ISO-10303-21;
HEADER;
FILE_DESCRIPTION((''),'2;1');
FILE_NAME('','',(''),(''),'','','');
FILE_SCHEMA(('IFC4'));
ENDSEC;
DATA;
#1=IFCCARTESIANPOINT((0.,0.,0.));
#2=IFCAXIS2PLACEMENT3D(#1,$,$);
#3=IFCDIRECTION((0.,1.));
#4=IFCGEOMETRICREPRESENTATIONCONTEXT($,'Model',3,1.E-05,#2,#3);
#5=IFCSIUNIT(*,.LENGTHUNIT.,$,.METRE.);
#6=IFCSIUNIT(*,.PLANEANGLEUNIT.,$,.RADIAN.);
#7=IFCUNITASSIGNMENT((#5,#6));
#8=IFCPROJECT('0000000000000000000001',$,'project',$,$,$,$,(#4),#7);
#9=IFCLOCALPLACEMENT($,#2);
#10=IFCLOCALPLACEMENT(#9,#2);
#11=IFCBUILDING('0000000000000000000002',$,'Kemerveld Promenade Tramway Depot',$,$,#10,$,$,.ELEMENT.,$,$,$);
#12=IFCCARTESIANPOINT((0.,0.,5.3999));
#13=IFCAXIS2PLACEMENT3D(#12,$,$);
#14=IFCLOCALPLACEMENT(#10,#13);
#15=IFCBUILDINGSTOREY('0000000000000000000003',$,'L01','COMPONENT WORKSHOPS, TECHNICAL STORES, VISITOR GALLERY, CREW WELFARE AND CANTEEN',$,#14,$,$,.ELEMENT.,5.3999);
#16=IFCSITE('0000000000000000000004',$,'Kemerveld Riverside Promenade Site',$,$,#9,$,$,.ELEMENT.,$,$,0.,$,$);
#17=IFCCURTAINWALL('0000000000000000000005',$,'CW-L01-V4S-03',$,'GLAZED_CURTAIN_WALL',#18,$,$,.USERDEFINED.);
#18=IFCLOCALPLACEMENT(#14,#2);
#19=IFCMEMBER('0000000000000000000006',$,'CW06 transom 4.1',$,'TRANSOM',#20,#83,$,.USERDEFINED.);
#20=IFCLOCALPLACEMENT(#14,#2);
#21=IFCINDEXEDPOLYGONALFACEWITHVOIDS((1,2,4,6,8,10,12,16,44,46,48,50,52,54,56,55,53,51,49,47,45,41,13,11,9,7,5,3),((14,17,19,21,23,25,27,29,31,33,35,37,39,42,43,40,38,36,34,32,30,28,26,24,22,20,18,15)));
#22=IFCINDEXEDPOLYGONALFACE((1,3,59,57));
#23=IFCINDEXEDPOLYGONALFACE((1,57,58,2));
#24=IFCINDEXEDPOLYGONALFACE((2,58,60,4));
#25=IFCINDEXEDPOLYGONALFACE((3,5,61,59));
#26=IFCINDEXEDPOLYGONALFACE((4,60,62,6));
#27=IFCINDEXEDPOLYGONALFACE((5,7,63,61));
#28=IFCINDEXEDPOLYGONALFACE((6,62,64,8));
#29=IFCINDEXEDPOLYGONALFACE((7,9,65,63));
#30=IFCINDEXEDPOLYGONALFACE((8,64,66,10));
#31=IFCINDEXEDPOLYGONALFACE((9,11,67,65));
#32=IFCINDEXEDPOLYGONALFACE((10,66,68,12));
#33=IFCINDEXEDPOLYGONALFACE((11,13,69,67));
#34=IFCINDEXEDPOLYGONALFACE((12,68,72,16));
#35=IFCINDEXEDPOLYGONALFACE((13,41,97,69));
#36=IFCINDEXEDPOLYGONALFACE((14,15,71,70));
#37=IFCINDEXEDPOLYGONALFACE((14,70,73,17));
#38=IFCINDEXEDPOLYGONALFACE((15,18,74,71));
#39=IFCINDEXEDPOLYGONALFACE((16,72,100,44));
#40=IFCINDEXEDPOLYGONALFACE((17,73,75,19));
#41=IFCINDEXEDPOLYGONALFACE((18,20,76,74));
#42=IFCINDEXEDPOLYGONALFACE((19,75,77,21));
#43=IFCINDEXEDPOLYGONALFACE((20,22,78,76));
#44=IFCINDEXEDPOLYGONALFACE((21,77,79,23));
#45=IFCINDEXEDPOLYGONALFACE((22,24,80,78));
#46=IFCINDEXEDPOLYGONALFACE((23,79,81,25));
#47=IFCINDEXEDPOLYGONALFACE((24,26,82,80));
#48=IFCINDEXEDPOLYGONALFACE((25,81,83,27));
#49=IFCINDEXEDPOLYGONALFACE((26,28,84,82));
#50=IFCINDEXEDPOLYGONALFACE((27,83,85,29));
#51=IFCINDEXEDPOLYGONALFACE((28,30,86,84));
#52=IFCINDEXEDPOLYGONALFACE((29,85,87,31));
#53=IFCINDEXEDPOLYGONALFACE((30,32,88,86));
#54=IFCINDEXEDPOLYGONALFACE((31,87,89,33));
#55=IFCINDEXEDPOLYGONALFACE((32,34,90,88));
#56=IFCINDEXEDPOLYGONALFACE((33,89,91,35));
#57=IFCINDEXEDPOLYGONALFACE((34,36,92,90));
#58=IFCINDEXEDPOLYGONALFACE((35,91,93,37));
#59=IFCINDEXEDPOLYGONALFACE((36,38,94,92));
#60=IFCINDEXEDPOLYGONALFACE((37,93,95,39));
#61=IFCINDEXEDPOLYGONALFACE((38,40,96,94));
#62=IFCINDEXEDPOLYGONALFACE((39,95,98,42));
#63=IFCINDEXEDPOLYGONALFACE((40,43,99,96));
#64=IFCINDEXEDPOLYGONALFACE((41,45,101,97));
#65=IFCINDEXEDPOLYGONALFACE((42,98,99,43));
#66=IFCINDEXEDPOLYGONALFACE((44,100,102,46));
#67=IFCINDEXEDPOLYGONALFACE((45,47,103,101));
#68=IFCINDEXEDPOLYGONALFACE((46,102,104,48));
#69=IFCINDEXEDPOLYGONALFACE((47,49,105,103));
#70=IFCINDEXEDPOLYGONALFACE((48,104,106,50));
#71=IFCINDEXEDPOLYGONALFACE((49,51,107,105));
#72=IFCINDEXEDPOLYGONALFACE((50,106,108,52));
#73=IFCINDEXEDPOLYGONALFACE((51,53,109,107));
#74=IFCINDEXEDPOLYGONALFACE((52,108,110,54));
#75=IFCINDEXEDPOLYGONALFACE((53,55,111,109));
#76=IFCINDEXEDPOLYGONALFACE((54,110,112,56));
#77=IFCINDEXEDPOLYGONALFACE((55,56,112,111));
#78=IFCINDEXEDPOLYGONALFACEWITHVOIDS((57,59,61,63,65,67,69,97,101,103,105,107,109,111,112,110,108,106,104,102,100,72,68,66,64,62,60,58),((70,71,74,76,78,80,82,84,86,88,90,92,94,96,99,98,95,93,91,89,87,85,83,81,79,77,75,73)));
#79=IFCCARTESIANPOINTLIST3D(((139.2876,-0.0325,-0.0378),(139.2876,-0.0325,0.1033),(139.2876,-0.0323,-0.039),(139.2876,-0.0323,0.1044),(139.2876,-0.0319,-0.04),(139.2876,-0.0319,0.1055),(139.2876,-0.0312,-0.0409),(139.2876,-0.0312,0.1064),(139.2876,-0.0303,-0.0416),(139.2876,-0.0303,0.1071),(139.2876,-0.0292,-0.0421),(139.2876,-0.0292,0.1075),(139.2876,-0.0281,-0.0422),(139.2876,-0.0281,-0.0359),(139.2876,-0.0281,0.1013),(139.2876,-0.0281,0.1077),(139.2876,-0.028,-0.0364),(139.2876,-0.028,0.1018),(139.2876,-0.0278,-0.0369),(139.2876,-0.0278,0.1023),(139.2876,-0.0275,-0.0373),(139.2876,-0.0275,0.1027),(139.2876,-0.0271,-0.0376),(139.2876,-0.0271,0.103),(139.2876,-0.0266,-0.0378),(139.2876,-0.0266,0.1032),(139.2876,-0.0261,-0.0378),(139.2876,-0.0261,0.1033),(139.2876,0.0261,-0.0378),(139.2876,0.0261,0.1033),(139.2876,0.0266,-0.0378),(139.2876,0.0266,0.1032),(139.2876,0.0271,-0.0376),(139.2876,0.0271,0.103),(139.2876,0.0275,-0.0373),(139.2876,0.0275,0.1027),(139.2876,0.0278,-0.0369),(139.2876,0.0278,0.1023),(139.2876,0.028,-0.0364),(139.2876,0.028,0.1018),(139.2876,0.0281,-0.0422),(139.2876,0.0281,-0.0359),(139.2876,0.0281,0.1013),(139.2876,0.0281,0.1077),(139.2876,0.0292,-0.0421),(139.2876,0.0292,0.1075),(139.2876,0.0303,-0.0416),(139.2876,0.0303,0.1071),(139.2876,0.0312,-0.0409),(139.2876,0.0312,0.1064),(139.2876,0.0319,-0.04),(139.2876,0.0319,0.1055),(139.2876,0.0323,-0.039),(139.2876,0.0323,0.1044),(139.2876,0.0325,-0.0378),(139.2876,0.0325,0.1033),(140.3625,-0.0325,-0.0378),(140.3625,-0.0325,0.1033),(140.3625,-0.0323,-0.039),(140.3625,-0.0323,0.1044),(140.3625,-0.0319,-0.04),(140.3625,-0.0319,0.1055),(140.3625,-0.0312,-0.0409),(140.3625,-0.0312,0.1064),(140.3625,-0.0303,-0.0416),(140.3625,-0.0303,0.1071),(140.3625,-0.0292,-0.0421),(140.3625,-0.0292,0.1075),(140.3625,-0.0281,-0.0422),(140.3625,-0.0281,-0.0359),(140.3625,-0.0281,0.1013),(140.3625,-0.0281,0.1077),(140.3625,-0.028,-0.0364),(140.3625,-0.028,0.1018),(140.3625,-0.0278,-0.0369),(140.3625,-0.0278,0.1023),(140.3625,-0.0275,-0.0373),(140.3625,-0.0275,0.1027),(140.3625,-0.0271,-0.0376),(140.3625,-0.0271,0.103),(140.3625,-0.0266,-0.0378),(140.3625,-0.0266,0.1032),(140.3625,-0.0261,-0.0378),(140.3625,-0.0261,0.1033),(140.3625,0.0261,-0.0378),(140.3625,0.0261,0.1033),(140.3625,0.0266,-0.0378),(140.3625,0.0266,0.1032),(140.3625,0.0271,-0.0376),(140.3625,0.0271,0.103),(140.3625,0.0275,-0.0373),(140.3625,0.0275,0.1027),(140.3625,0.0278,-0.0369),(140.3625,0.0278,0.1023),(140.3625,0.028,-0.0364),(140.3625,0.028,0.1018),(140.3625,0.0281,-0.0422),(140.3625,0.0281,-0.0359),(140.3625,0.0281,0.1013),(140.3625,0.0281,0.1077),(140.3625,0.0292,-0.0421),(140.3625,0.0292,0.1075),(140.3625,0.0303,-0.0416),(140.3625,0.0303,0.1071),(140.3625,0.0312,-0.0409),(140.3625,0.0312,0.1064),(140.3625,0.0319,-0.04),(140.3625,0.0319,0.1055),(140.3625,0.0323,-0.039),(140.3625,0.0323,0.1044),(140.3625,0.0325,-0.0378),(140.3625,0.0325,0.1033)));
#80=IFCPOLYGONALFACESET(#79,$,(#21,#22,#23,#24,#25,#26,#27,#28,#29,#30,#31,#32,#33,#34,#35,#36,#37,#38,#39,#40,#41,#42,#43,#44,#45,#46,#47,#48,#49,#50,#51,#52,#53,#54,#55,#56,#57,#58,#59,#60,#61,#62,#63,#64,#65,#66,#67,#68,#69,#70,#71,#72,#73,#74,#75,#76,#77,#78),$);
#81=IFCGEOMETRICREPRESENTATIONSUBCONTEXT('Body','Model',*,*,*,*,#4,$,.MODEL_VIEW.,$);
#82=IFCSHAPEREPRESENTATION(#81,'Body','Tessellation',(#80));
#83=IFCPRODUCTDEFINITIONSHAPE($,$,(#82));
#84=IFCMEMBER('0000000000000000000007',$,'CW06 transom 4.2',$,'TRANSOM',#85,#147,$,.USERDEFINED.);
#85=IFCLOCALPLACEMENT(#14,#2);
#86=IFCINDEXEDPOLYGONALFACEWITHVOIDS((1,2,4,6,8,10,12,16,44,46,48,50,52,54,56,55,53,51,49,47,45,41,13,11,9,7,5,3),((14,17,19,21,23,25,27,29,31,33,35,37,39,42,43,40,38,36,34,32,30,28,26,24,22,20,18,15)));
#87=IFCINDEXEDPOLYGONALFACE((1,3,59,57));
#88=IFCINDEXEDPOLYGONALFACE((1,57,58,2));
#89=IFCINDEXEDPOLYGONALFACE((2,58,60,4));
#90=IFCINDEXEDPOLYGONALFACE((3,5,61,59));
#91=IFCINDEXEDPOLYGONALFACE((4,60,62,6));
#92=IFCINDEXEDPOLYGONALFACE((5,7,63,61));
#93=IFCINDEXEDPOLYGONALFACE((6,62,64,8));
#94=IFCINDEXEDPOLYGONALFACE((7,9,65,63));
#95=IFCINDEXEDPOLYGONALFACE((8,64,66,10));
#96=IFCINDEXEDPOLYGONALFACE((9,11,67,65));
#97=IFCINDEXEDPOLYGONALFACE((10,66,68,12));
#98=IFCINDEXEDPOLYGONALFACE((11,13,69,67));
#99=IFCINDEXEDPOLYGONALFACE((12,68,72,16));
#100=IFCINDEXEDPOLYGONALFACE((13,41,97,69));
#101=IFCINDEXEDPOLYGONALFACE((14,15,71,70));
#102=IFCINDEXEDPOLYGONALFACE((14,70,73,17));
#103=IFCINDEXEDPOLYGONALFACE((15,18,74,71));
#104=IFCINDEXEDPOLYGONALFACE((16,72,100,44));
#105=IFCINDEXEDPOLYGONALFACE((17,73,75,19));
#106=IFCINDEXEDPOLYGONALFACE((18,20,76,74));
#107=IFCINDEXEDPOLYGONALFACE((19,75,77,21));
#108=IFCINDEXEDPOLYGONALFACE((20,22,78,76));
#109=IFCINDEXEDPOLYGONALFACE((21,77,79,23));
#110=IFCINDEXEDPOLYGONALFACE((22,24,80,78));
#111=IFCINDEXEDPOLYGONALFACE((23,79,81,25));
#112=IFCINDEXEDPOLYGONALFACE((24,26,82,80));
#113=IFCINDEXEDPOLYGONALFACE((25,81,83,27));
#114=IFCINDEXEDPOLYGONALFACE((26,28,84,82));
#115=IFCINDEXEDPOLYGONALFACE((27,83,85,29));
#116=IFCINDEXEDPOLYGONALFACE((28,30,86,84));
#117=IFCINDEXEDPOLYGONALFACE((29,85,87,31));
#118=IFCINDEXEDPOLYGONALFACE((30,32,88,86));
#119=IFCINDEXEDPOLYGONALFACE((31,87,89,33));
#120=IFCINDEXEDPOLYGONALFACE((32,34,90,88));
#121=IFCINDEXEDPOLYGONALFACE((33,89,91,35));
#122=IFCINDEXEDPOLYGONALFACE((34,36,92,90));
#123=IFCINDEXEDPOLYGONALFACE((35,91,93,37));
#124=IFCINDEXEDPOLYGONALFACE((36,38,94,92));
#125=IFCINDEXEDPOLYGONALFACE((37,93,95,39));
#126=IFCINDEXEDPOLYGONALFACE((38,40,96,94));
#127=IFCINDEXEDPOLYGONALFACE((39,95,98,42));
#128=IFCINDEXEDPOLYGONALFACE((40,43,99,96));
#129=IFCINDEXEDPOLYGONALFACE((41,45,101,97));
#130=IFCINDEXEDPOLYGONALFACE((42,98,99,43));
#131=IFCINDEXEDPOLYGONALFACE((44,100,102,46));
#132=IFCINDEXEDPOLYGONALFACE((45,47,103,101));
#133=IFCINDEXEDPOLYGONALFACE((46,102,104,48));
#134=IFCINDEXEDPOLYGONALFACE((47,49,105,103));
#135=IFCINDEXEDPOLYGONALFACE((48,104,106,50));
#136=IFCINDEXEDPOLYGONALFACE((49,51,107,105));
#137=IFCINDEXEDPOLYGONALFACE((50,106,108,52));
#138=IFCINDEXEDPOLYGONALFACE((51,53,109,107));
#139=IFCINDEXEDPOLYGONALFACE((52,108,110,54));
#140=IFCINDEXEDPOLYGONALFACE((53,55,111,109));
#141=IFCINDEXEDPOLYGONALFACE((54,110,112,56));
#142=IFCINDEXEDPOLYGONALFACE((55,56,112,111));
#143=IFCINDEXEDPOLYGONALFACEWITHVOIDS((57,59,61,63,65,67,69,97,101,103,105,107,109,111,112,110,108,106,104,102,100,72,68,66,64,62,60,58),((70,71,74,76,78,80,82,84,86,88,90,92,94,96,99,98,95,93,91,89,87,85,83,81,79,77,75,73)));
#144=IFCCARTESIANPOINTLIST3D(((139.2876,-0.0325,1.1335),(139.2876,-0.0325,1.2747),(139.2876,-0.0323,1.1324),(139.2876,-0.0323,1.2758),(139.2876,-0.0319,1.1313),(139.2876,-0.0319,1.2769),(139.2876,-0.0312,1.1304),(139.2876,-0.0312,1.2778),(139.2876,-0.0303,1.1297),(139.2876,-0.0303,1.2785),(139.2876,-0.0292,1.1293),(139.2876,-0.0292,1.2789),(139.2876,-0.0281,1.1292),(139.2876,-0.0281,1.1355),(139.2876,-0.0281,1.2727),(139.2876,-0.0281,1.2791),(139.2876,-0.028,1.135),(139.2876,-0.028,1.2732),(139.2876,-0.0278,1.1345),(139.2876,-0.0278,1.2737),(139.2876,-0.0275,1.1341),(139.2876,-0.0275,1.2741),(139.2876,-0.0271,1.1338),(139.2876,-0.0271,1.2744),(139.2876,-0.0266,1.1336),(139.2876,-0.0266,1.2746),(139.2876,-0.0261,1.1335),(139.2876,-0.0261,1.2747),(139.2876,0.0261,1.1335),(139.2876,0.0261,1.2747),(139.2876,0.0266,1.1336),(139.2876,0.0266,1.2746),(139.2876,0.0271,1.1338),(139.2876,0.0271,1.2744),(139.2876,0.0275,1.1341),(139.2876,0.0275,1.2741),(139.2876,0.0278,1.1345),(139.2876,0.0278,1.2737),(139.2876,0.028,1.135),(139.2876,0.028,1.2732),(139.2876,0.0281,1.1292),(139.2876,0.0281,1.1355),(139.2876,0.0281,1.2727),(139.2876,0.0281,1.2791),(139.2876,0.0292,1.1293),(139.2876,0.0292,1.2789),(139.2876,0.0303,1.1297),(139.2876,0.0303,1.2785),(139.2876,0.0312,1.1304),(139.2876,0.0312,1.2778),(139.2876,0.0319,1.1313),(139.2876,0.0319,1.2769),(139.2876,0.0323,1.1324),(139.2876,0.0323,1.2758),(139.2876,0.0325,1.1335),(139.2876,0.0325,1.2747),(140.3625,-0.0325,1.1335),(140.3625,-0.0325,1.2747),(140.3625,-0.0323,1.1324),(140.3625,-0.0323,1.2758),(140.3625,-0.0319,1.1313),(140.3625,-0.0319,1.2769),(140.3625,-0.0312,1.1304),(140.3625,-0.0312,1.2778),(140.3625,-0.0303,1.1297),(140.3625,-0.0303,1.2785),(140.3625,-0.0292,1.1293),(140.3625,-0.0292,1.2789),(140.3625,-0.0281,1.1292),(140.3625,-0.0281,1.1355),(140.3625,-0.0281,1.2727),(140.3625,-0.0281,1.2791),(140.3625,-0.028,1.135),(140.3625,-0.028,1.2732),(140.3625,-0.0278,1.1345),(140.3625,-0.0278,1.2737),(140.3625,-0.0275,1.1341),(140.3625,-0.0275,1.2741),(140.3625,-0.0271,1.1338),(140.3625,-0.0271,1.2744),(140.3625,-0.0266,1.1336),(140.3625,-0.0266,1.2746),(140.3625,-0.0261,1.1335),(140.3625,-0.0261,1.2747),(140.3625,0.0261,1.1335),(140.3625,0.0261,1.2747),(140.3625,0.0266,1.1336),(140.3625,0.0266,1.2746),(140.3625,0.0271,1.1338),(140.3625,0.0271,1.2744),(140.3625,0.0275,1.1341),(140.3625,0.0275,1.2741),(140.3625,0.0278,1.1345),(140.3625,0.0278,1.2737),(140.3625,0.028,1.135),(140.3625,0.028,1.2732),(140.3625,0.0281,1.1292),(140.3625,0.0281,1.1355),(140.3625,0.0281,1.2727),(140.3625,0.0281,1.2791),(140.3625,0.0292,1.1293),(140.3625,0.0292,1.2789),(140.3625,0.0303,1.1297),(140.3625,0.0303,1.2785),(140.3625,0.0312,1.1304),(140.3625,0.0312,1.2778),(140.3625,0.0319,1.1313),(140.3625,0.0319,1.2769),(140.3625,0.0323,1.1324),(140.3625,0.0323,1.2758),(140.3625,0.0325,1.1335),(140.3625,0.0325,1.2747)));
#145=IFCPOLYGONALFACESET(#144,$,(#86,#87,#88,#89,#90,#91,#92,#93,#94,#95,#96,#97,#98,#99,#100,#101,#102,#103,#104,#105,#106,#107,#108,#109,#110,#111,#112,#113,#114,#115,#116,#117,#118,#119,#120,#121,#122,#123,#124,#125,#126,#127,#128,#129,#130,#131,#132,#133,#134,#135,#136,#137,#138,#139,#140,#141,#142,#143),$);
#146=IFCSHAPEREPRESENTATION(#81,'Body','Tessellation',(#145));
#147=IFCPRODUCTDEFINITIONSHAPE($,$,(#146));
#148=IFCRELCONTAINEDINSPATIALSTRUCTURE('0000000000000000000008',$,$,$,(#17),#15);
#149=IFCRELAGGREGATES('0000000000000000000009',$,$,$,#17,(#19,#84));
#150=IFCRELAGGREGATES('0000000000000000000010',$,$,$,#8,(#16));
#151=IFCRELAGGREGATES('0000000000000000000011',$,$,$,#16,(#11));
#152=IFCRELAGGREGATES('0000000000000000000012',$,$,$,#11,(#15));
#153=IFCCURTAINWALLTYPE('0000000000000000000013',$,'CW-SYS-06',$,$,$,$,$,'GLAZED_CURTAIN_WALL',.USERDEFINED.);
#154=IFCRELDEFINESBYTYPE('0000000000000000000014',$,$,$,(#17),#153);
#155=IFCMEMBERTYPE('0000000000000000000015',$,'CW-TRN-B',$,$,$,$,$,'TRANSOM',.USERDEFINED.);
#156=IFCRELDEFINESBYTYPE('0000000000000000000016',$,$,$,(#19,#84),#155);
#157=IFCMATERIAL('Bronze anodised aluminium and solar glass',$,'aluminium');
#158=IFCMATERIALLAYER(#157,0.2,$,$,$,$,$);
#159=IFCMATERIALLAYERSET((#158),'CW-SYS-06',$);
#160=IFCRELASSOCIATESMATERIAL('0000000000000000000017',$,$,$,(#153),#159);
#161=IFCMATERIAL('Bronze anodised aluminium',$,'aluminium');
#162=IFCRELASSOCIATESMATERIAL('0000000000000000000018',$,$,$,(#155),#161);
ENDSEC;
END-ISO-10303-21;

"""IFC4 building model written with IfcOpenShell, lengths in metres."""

from ifc_helpers import new_model, si_unit, direction, frame, origin, origin_2d, place, context, subcontext, project, spatial, hollow_rectangle, extrude, material, layer, layer_set, material_profile, profile_set, type_object, element, aggregate, save


model = new_model("IFC4")

# Units and contexts
model_context = context("Model", 3, precision=1e-05, world=origin(), true_north=direction((0.0, 1.0)))
body_context = subcontext(model_context, "Body", "Model", "MODEL_VIEW")
ifc_project = project(units=[si_unit("LENGTHUNIT", "METRE"), si_unit("PLANEANGLEUNIT", "RADIAN")], contexts=[model_context])

# Site, building, storey
site_placement = place(None, origin())
site = spatial("IfcSite", under=ifc_project, at=site_placement, Name="Kemerveld Riverside Promenade Site", CompositionType="ELEMENT", RefElevation=0.0)
building_placement = place(site_placement, origin())
building = spatial("IfcBuilding", under=site, at=building_placement, Name="Kemerveld Promenade Tramway Depot", CompositionType="ELEMENT")
storey_placement = place(building_placement, frame((0.0, 0.0, 5.3999)))
storey = spatial("IfcBuildingStorey", under=building, at=storey_placement, Name="L01", Description="COMPONENT WORKSHOPS, TECHNICAL STORES, VISITOR GALLERY, CREW WELFARE AND CANTEEN", CompositionType="ELEMENT", Elevation=5.3999)

# Curtain wall, members
ifc_material_1 = material(Name="Bronze anodised aluminium and solar glass", Category="aluminium")
ifc_layer_1 = layer(ifc_material_1, 0.2)
ifc_layer_set_1 = layer_set([ifc_layer_1], Name="CW-SYS-06")
curtain_wall_type = type_object("IfcCurtainWallType", Name="CW-SYS-06", ElementType="GLAZED_CURTAIN_WALL", PredefinedType="USERDEFINED", material=ifc_layer_set_1)
curtain_wall_placement = place(storey_placement, origin())
curtain_wall = element("IfcCurtainWall", 1, at=curtain_wall_placement, inside=storey, type_object=curtain_wall_type, Name="CW-L01-V4S-03", ObjectType="GLAZED_CURTAIN_WALL", PredefinedType="USERDEFINED")
ifc_material_2 = material(Name="Bronze anodised aluminium", Category="aluminium")
ifc_material_profile_1 = material_profile(ifc_material_2, hollow_rectangle(XDim=0.0649, YDim=0.1499, WallThickness=0.0044, InnerFilletRadius=0.002, OuterFilletRadius=0.0044, at=origin_2d()), Name="CW-TRN-150x65")
ifc_profile_set_1 = profile_set([ifc_material_profile_1], Name="Bronze anodised aluminium")
member_type_1 = type_object("IfcMemberType", Name="CW-TRN-B", ElementType="TRANSOM", PredefinedType="USERDEFINED", material=ifc_profile_set_1)
member_1_placement = place(storey_placement, frame((140.3625, 0.0, 0.0327), z_axis=(-1.0, 0.0, 0.0), x_axis=(0.0, -1.0, 0.0)))
member_1 = element("IfcMember", 2, at=member_1_placement, type_object=member_type_1, Name="CW06 transom 4.1", ObjectType="TRANSOM", PredefinedType="USERDEFINED", context=body_context, shape_type="SweptSolid", body=[
    extrude(hollow_rectangle(XDim=0.0649, YDim=0.1499, WallThickness=0.0044, InnerFilletRadius=0.002, OuterFilletRadius=0.0044, at=origin_2d()), origin(), (0.0, 0.0, 1.0), 1.075),
])
member_2_placement = place(storey_placement, frame((140.3625, 0.0, 1.2041), z_axis=(-1.0, 0.0, 0.0), x_axis=(0.0, -1.0, 0.0)))
member_2 = element("IfcMember", 3, at=member_2_placement, type_object=member_type_1, Name="CW06 transom 4.2", ObjectType="TRANSOM", PredefinedType="USERDEFINED", context=body_context, shape_type="SweptSolid", body=[
    extrude(hollow_rectangle(XDim=0.0649, YDim=0.1499, WallThickness=0.0044, InnerFilletRadius=0.002, OuterFilletRadius=0.0044, at=origin_2d()), origin(), (0.0, 0.0, 1.0), 1.075),
])
aggregate(curtain_wall, [member_1, member_2])

save(model, "model.ifc")
